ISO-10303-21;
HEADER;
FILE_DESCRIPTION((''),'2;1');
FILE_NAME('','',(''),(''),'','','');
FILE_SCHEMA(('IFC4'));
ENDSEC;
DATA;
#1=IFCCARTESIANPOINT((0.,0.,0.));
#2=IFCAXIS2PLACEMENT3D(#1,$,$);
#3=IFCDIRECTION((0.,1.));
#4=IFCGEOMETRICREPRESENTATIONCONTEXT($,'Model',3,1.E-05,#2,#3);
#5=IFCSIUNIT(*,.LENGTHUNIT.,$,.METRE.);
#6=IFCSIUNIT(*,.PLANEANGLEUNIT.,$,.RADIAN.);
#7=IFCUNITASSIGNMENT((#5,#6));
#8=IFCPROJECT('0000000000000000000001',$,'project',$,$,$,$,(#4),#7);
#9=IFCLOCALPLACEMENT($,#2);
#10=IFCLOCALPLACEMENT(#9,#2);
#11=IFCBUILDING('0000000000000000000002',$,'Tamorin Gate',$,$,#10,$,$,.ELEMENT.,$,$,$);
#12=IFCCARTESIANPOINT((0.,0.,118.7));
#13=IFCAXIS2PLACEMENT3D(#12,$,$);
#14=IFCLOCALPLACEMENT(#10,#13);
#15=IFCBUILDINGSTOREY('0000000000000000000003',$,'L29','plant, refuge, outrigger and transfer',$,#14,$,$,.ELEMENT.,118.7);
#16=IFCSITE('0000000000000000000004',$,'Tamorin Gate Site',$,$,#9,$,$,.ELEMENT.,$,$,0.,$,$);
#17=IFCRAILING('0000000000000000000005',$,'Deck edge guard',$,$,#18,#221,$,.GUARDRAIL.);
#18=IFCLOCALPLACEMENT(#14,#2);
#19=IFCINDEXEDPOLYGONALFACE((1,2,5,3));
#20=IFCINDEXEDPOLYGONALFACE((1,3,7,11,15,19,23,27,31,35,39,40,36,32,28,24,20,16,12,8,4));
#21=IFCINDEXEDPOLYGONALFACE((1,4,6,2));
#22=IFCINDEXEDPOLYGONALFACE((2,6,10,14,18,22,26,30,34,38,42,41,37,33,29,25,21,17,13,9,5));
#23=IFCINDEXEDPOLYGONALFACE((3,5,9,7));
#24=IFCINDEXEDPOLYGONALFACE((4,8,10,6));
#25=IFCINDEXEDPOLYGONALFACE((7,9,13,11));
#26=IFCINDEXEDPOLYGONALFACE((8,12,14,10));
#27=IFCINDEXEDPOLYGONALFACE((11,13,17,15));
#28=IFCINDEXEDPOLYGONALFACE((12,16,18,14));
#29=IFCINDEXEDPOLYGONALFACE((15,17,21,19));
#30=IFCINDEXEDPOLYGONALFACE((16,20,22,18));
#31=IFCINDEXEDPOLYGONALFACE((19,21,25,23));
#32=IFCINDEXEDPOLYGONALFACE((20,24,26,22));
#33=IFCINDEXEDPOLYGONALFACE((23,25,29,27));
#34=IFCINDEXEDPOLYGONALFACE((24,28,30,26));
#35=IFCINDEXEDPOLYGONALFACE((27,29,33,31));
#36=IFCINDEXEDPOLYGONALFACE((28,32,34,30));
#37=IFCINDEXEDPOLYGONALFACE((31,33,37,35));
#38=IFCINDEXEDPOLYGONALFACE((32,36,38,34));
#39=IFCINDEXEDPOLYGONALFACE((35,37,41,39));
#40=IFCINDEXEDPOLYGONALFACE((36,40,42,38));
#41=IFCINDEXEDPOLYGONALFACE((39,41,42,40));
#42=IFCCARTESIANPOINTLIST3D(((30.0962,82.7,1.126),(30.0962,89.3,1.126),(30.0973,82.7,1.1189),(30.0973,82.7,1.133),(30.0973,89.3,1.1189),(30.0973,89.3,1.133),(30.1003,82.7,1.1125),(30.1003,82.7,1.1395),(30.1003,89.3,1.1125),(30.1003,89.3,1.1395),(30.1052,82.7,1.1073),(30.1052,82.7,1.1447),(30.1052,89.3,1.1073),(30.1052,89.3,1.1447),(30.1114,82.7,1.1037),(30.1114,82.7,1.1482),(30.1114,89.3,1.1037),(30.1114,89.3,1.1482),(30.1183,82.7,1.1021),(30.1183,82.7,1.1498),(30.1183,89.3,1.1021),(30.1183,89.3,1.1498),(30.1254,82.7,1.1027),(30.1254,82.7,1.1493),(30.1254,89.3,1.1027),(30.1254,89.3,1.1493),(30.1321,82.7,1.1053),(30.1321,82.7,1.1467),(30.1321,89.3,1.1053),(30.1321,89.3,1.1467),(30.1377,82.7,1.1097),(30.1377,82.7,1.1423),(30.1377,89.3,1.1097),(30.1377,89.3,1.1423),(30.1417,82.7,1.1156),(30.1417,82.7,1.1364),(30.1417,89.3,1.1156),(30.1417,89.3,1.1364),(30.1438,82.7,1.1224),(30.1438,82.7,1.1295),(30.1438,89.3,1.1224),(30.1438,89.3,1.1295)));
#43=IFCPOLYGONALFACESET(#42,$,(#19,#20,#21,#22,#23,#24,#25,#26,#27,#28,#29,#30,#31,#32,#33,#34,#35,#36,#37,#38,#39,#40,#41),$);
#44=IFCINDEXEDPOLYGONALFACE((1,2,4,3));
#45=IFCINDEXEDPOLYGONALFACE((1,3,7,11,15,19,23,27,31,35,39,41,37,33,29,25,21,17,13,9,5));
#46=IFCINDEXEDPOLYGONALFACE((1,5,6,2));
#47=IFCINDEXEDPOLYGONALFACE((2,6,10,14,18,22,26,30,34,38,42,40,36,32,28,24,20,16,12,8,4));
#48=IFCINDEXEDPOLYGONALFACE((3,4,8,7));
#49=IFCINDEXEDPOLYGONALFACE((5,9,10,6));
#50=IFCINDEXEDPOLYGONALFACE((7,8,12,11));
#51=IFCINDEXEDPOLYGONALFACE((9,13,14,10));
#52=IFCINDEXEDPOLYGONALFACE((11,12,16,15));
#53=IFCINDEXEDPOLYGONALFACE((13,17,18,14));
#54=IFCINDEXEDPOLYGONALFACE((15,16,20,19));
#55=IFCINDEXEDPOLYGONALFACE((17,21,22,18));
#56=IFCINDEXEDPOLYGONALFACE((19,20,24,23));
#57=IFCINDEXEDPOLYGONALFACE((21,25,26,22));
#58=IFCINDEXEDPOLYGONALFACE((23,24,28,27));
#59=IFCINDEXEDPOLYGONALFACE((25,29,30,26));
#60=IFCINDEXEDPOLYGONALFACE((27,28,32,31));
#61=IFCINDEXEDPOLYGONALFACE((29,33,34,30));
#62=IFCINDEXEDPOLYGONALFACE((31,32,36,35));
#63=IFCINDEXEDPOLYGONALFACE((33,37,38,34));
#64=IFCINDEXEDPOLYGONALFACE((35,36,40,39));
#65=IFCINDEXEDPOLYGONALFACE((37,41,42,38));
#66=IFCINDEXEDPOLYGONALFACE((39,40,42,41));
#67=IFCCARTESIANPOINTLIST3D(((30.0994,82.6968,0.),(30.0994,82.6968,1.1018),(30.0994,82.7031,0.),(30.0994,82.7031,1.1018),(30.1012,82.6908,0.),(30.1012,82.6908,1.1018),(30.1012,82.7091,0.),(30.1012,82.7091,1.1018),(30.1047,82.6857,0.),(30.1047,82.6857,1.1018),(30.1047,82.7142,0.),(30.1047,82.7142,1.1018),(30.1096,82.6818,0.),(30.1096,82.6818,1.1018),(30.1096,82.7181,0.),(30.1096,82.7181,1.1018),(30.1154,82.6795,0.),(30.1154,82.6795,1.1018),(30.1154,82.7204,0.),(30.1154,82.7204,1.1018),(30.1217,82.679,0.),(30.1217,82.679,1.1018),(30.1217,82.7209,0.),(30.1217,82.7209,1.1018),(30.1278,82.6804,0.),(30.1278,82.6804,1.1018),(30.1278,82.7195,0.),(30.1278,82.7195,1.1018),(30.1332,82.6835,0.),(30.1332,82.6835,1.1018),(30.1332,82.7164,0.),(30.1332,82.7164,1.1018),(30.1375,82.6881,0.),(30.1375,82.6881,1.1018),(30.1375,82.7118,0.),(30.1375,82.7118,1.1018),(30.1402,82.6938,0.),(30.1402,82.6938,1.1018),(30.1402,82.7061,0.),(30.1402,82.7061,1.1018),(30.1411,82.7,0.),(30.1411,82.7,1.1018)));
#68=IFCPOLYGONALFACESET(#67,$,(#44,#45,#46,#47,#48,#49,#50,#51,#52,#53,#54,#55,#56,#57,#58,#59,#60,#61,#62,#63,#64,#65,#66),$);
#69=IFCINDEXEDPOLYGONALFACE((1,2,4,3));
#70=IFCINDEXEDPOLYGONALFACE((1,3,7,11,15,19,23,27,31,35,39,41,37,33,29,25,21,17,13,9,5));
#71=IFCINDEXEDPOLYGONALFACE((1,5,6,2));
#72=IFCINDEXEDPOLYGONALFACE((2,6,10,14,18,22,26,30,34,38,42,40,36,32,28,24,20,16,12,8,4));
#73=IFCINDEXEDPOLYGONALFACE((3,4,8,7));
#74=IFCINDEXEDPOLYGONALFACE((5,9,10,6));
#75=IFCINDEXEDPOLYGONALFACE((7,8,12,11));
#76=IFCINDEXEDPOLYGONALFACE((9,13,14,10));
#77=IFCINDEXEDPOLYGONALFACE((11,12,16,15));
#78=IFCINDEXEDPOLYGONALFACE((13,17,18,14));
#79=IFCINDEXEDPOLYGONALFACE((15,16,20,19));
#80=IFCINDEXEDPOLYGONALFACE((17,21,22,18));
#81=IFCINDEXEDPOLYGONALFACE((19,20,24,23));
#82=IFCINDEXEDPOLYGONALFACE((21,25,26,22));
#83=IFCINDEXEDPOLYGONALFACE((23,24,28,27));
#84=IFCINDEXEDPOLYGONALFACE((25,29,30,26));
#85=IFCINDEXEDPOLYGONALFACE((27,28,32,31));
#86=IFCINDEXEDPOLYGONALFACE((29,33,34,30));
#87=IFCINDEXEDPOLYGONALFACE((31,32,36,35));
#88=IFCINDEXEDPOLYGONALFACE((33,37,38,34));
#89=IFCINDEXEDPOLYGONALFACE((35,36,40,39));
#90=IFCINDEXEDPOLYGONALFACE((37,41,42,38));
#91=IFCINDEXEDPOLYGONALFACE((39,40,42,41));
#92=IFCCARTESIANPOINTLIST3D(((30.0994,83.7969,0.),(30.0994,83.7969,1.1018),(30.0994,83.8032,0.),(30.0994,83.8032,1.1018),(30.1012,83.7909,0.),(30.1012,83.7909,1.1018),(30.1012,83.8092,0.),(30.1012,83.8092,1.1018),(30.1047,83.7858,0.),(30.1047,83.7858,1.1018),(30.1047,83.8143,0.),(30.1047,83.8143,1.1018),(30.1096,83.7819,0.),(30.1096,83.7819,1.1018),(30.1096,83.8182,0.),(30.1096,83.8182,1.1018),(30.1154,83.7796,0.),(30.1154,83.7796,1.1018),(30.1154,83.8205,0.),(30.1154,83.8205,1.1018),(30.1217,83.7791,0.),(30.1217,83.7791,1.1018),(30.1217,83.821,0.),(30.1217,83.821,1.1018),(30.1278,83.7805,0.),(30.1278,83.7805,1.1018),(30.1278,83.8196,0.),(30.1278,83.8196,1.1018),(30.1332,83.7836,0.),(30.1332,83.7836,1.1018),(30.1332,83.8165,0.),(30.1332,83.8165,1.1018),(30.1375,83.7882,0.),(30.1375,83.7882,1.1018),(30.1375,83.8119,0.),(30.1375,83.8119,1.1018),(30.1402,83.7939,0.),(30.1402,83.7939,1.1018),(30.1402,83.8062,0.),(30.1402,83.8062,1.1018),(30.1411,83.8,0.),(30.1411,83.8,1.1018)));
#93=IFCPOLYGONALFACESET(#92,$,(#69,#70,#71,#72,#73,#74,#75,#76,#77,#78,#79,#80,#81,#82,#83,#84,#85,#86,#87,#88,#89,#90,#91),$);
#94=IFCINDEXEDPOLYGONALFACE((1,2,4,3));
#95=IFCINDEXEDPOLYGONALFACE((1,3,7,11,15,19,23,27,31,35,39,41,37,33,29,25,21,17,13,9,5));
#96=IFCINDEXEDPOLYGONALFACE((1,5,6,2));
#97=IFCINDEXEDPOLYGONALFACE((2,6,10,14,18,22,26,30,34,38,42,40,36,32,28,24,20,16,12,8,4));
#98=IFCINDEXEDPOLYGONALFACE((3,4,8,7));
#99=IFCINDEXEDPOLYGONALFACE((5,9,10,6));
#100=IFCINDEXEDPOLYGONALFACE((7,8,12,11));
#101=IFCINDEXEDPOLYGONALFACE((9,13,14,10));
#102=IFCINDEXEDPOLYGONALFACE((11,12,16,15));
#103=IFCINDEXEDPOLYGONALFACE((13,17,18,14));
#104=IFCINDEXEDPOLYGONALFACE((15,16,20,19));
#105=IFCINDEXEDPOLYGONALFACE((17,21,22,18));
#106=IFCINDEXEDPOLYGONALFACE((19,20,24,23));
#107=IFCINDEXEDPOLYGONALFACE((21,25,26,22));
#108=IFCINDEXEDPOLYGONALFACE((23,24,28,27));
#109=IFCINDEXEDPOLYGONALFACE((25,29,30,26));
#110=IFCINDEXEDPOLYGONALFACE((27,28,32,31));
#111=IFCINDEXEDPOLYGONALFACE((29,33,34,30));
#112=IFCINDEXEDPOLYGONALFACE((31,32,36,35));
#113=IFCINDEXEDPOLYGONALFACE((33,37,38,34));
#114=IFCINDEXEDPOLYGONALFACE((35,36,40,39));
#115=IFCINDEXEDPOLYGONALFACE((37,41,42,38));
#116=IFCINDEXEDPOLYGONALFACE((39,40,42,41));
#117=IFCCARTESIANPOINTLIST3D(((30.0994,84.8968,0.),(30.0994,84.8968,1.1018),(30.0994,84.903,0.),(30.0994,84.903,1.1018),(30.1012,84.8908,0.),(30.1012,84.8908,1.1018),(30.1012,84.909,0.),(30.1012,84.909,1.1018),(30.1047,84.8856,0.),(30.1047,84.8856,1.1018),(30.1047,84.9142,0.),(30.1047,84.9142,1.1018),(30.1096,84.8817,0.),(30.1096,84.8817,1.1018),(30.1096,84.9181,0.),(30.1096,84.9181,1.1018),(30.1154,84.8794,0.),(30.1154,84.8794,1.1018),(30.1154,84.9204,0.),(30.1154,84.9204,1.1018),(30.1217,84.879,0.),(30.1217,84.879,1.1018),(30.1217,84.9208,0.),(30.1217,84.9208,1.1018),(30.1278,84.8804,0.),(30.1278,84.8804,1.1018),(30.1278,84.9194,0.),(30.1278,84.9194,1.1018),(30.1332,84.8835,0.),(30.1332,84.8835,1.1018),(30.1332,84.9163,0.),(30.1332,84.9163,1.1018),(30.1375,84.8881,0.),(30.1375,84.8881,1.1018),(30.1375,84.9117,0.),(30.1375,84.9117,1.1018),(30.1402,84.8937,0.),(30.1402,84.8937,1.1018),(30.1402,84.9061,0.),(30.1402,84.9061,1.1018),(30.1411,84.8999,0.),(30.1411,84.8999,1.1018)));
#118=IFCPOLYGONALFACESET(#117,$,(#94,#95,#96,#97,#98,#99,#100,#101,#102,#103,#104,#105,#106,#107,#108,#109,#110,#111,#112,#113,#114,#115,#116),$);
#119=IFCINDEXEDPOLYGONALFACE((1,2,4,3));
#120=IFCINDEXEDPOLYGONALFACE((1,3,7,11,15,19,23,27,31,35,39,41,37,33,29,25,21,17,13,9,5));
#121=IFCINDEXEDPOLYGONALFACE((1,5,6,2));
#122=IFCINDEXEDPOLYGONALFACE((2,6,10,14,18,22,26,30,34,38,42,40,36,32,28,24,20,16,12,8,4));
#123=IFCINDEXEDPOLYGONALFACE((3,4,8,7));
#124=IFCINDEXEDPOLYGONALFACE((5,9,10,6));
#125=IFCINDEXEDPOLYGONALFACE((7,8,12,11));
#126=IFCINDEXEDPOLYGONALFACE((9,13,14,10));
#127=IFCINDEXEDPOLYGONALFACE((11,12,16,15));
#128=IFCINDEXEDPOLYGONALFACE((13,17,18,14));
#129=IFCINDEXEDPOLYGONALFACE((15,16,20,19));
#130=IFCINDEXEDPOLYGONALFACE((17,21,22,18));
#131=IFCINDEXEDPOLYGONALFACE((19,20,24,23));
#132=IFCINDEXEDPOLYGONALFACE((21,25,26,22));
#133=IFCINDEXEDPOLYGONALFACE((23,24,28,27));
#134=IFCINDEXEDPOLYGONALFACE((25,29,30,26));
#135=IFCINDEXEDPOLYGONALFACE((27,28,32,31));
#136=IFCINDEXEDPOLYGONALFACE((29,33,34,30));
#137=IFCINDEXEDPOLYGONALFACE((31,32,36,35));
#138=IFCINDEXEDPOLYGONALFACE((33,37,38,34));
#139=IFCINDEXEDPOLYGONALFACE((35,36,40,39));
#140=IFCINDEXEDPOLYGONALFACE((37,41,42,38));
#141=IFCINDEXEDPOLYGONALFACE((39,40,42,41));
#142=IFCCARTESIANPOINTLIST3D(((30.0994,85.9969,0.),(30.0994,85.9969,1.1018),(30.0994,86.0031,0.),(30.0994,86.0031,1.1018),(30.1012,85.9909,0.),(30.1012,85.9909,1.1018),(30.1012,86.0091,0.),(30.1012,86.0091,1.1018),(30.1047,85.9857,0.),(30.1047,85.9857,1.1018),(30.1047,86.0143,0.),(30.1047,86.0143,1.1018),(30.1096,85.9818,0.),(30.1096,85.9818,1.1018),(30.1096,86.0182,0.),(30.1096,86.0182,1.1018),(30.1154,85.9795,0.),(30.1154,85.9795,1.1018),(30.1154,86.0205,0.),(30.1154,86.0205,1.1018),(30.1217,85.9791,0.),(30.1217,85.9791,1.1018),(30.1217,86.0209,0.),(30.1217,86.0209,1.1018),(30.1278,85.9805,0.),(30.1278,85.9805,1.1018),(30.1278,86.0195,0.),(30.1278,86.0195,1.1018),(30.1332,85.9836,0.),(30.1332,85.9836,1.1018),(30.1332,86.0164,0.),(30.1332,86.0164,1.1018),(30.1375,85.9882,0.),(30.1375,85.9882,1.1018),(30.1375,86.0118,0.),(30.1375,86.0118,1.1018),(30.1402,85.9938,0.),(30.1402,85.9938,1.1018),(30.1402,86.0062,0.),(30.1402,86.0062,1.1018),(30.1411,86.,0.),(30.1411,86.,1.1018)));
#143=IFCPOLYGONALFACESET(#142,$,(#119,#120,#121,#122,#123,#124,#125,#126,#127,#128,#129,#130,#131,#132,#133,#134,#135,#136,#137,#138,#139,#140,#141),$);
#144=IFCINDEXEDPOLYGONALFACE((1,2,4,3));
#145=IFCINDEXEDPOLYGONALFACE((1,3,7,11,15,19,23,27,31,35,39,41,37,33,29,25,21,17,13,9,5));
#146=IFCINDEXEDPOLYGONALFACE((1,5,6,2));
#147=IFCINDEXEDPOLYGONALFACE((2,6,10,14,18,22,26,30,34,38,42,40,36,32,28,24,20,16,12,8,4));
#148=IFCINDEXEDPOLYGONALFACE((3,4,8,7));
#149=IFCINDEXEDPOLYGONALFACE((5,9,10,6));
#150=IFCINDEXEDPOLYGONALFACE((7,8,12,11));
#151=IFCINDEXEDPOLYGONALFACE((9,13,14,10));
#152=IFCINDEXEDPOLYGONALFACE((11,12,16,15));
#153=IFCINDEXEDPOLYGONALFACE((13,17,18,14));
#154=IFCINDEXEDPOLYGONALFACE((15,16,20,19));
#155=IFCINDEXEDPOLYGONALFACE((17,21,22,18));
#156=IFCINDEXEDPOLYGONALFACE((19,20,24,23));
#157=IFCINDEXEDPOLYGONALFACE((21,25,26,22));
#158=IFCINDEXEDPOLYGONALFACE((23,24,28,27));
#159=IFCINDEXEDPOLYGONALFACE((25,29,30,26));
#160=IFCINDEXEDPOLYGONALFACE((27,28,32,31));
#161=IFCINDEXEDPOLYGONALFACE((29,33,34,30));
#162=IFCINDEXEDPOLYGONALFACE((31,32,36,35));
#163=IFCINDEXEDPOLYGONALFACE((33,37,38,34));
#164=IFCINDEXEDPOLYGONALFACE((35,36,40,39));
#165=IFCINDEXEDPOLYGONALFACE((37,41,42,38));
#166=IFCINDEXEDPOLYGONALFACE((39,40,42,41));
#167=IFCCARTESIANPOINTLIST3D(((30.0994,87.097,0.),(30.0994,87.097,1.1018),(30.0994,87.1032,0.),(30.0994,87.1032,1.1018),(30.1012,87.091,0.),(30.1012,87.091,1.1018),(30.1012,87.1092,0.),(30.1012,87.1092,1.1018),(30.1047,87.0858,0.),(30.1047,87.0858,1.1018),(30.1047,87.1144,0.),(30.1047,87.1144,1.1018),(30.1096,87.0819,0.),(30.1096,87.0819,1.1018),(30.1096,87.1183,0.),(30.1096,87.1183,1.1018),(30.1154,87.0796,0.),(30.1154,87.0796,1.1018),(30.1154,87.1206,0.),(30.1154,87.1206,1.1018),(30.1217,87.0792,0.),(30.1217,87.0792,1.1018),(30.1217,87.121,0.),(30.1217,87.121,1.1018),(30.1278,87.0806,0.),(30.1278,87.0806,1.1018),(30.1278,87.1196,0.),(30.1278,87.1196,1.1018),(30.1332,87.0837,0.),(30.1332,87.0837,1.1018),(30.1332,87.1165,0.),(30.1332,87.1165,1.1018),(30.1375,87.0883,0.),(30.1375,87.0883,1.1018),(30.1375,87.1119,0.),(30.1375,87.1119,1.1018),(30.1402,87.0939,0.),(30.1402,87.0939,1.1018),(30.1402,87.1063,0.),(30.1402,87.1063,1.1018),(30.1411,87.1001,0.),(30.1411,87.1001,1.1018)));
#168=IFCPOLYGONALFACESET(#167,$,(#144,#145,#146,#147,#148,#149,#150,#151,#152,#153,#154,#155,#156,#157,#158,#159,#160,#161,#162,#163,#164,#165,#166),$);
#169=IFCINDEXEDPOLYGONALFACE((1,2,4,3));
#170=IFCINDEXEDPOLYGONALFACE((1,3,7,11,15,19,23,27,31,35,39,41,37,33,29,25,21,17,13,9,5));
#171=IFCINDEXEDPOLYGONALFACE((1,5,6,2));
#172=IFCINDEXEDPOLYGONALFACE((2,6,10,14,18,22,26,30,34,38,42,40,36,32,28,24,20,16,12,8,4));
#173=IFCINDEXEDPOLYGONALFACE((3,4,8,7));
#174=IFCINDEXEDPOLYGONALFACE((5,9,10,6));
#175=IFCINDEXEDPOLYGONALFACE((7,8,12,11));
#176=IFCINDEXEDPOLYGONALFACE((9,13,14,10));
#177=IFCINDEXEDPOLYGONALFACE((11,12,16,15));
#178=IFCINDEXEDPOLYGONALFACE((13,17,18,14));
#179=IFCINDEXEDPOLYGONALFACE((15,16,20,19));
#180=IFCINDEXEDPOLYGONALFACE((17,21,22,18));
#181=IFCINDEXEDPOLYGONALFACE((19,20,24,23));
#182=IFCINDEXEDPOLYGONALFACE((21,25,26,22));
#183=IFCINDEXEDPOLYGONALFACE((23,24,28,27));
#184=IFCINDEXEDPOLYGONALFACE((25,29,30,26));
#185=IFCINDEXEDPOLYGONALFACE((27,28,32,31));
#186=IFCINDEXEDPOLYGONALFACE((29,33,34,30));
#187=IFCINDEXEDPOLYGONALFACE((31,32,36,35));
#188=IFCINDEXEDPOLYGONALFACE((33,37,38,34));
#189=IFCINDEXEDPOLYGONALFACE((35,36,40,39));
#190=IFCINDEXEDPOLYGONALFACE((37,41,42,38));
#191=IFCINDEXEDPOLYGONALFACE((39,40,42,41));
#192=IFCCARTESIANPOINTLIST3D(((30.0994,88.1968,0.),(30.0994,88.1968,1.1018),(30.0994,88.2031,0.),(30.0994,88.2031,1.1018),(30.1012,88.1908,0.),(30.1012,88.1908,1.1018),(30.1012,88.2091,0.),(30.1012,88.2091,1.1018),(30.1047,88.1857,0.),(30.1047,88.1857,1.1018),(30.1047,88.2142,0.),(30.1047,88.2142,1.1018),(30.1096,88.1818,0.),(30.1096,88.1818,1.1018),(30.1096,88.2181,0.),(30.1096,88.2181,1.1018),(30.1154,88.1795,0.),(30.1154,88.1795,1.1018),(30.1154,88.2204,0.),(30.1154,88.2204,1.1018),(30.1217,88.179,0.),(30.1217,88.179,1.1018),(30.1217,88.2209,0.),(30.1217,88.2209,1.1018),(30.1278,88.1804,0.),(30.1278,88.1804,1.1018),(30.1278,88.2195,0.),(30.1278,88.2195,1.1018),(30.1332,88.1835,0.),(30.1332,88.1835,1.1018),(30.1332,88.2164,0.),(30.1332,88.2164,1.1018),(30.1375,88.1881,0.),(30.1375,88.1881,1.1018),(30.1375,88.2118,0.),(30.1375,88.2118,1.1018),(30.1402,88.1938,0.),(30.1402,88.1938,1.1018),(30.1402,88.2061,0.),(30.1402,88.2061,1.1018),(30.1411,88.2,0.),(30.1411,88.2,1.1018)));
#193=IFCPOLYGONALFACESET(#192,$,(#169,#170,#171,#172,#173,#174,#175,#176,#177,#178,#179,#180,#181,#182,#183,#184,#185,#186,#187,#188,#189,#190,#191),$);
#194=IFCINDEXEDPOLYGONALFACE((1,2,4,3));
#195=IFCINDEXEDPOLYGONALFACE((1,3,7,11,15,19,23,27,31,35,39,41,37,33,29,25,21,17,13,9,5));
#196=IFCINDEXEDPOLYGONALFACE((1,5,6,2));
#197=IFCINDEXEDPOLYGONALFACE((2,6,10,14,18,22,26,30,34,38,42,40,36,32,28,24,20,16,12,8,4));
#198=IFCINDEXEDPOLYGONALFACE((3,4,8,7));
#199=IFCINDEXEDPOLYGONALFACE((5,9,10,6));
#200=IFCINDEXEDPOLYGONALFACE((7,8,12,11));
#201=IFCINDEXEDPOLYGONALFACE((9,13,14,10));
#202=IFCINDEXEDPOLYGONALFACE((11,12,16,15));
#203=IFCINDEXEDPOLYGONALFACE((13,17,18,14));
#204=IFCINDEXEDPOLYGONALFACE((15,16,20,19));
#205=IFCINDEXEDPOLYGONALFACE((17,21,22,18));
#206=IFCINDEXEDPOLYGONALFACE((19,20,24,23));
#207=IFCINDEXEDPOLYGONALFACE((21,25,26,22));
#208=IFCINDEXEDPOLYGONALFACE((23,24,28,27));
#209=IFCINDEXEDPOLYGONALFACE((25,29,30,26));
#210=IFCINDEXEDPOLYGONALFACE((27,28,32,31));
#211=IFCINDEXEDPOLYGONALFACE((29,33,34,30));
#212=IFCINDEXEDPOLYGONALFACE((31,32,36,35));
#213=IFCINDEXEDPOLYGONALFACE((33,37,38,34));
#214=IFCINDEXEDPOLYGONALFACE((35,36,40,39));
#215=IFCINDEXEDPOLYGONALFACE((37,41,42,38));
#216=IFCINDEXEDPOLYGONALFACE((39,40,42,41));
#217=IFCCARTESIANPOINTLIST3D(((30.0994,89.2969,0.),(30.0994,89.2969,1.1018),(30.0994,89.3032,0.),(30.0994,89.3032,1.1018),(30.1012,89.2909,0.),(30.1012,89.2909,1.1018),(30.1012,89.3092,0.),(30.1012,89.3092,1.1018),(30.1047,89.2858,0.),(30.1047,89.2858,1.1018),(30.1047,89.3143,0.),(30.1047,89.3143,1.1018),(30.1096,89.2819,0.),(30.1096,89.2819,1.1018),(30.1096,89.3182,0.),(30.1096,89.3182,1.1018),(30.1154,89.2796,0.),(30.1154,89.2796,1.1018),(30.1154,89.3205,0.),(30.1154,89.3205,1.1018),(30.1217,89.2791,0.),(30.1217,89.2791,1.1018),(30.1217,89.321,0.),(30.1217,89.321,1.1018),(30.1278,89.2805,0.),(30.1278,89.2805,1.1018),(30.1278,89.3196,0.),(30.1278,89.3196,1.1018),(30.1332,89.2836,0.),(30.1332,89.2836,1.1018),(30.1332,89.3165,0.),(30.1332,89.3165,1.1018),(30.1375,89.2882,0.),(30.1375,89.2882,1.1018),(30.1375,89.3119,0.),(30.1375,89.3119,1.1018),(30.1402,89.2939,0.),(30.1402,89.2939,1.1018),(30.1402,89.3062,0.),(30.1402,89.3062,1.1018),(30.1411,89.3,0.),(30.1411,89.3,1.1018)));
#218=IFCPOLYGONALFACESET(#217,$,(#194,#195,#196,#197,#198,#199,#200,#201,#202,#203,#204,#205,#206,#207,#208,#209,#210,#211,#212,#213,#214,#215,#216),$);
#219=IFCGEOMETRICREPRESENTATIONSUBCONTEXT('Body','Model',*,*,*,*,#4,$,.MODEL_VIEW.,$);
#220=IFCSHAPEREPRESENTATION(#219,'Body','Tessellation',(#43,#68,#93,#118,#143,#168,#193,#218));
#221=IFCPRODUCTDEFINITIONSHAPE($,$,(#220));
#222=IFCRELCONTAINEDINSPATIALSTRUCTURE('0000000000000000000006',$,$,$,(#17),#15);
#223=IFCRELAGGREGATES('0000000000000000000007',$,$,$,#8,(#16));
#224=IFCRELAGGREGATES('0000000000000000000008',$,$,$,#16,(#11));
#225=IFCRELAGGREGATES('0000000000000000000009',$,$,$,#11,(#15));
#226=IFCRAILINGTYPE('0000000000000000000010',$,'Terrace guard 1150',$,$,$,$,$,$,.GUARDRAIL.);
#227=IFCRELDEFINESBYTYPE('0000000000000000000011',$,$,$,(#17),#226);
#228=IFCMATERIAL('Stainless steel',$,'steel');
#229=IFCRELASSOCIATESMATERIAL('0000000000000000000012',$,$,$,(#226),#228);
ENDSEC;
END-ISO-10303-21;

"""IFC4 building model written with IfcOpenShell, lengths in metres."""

from ifc_helpers import new_model, si_unit, direction, frame, origin, origin_2d, place, context, subcontext, project, spatial, circle, extrude, material, type_object, element, save


model = new_model("IFC4")

# Units and contexts
model_context = context("Model", 3, precision=1e-05, world=origin(), true_north=direction((0.0, 1.0)))
body_context = subcontext(model_context, "Body", "Model", "MODEL_VIEW")
ifc_project = project(units=[si_unit("LENGTHUNIT", "METRE"), si_unit("PLANEANGLEUNIT", "RADIAN")], contexts=[model_context])

# Site, building, storey
site_placement = place(None, origin())
site = spatial("IfcSite", under=ifc_project, at=site_placement, Name="Tamorin Gate Site", CompositionType="ELEMENT", RefElevation=0.0)
building_placement = place(site_placement, origin())
building = spatial("IfcBuilding", under=site, at=building_placement, Name="Tamorin Gate", CompositionType="ELEMENT")
storey_placement = place(building_placement, frame((0.0, 0.0, 118.7)))
storey = spatial("IfcBuildingStorey", under=building, at=storey_placement, Name="L29", Description="plant, refuge, outrigger and transfer", CompositionType="ELEMENT", Elevation=118.7)

# Railing
ifc_material_1 = material(Name="Stainless steel", Category="steel")
railing_type = type_object("IfcRailingType", Name="Terrace guard 1150", PredefinedType="GUARDRAIL", material=ifc_material_1)
railing_placement = place(storey_placement, frame((30.1201, 82.7, 0.0)))
element("IfcRailing", 1, at=railing_placement, inside=storey, type_object=railing_type, Name="Deck edge guard", PredefinedType="GUARDRAIL", context=body_context, shape_type="SweptSolid", body=[
    extrude(circle(Radius=0.0239, at=origin_2d()), frame((0.0, 0.0, 1.126), z_axis=(0.0, 1.0, 0.0), x_axis=(-1.0, 0.0, 0.0)), (0.0, 0.0, 1.0), 6.6001),
    extrude(circle(Radius=0.021, at=origin_2d()), origin(), (0.0, 0.0, 1.0), 1.1018),
    extrude(circle(Radius=0.021, at=origin_2d()), frame((0.0, 1.1001, 0.0)), (0.0, 0.0, 1.0), 1.1018),
    extrude(circle(Radius=0.021, at=origin_2d()), frame((0.0, 2.2, 0.0)), (0.0, 0.0, 1.0), 1.1018),
    extrude(circle(Radius=0.021, at=origin_2d()), frame((0.0, 3.3, 0.0)), (0.0, 0.0, 1.0), 1.1018),
    extrude(circle(Radius=0.021, at=origin_2d()), frame((0.0, 4.4001, 0.0)), (0.0, 0.0, 1.0), 1.1018),
    extrude(circle(Radius=0.021, at=origin_2d()), frame((0.0, 5.5, 0.0)), (0.0, 0.0, 1.0), 1.1018),
    extrude(circle(Radius=0.021, at=origin_2d()), frame((0.0, 6.6001, 0.0)), (0.0, 0.0, 1.0), 1.1018),
])

save(model, "model.ifc")
